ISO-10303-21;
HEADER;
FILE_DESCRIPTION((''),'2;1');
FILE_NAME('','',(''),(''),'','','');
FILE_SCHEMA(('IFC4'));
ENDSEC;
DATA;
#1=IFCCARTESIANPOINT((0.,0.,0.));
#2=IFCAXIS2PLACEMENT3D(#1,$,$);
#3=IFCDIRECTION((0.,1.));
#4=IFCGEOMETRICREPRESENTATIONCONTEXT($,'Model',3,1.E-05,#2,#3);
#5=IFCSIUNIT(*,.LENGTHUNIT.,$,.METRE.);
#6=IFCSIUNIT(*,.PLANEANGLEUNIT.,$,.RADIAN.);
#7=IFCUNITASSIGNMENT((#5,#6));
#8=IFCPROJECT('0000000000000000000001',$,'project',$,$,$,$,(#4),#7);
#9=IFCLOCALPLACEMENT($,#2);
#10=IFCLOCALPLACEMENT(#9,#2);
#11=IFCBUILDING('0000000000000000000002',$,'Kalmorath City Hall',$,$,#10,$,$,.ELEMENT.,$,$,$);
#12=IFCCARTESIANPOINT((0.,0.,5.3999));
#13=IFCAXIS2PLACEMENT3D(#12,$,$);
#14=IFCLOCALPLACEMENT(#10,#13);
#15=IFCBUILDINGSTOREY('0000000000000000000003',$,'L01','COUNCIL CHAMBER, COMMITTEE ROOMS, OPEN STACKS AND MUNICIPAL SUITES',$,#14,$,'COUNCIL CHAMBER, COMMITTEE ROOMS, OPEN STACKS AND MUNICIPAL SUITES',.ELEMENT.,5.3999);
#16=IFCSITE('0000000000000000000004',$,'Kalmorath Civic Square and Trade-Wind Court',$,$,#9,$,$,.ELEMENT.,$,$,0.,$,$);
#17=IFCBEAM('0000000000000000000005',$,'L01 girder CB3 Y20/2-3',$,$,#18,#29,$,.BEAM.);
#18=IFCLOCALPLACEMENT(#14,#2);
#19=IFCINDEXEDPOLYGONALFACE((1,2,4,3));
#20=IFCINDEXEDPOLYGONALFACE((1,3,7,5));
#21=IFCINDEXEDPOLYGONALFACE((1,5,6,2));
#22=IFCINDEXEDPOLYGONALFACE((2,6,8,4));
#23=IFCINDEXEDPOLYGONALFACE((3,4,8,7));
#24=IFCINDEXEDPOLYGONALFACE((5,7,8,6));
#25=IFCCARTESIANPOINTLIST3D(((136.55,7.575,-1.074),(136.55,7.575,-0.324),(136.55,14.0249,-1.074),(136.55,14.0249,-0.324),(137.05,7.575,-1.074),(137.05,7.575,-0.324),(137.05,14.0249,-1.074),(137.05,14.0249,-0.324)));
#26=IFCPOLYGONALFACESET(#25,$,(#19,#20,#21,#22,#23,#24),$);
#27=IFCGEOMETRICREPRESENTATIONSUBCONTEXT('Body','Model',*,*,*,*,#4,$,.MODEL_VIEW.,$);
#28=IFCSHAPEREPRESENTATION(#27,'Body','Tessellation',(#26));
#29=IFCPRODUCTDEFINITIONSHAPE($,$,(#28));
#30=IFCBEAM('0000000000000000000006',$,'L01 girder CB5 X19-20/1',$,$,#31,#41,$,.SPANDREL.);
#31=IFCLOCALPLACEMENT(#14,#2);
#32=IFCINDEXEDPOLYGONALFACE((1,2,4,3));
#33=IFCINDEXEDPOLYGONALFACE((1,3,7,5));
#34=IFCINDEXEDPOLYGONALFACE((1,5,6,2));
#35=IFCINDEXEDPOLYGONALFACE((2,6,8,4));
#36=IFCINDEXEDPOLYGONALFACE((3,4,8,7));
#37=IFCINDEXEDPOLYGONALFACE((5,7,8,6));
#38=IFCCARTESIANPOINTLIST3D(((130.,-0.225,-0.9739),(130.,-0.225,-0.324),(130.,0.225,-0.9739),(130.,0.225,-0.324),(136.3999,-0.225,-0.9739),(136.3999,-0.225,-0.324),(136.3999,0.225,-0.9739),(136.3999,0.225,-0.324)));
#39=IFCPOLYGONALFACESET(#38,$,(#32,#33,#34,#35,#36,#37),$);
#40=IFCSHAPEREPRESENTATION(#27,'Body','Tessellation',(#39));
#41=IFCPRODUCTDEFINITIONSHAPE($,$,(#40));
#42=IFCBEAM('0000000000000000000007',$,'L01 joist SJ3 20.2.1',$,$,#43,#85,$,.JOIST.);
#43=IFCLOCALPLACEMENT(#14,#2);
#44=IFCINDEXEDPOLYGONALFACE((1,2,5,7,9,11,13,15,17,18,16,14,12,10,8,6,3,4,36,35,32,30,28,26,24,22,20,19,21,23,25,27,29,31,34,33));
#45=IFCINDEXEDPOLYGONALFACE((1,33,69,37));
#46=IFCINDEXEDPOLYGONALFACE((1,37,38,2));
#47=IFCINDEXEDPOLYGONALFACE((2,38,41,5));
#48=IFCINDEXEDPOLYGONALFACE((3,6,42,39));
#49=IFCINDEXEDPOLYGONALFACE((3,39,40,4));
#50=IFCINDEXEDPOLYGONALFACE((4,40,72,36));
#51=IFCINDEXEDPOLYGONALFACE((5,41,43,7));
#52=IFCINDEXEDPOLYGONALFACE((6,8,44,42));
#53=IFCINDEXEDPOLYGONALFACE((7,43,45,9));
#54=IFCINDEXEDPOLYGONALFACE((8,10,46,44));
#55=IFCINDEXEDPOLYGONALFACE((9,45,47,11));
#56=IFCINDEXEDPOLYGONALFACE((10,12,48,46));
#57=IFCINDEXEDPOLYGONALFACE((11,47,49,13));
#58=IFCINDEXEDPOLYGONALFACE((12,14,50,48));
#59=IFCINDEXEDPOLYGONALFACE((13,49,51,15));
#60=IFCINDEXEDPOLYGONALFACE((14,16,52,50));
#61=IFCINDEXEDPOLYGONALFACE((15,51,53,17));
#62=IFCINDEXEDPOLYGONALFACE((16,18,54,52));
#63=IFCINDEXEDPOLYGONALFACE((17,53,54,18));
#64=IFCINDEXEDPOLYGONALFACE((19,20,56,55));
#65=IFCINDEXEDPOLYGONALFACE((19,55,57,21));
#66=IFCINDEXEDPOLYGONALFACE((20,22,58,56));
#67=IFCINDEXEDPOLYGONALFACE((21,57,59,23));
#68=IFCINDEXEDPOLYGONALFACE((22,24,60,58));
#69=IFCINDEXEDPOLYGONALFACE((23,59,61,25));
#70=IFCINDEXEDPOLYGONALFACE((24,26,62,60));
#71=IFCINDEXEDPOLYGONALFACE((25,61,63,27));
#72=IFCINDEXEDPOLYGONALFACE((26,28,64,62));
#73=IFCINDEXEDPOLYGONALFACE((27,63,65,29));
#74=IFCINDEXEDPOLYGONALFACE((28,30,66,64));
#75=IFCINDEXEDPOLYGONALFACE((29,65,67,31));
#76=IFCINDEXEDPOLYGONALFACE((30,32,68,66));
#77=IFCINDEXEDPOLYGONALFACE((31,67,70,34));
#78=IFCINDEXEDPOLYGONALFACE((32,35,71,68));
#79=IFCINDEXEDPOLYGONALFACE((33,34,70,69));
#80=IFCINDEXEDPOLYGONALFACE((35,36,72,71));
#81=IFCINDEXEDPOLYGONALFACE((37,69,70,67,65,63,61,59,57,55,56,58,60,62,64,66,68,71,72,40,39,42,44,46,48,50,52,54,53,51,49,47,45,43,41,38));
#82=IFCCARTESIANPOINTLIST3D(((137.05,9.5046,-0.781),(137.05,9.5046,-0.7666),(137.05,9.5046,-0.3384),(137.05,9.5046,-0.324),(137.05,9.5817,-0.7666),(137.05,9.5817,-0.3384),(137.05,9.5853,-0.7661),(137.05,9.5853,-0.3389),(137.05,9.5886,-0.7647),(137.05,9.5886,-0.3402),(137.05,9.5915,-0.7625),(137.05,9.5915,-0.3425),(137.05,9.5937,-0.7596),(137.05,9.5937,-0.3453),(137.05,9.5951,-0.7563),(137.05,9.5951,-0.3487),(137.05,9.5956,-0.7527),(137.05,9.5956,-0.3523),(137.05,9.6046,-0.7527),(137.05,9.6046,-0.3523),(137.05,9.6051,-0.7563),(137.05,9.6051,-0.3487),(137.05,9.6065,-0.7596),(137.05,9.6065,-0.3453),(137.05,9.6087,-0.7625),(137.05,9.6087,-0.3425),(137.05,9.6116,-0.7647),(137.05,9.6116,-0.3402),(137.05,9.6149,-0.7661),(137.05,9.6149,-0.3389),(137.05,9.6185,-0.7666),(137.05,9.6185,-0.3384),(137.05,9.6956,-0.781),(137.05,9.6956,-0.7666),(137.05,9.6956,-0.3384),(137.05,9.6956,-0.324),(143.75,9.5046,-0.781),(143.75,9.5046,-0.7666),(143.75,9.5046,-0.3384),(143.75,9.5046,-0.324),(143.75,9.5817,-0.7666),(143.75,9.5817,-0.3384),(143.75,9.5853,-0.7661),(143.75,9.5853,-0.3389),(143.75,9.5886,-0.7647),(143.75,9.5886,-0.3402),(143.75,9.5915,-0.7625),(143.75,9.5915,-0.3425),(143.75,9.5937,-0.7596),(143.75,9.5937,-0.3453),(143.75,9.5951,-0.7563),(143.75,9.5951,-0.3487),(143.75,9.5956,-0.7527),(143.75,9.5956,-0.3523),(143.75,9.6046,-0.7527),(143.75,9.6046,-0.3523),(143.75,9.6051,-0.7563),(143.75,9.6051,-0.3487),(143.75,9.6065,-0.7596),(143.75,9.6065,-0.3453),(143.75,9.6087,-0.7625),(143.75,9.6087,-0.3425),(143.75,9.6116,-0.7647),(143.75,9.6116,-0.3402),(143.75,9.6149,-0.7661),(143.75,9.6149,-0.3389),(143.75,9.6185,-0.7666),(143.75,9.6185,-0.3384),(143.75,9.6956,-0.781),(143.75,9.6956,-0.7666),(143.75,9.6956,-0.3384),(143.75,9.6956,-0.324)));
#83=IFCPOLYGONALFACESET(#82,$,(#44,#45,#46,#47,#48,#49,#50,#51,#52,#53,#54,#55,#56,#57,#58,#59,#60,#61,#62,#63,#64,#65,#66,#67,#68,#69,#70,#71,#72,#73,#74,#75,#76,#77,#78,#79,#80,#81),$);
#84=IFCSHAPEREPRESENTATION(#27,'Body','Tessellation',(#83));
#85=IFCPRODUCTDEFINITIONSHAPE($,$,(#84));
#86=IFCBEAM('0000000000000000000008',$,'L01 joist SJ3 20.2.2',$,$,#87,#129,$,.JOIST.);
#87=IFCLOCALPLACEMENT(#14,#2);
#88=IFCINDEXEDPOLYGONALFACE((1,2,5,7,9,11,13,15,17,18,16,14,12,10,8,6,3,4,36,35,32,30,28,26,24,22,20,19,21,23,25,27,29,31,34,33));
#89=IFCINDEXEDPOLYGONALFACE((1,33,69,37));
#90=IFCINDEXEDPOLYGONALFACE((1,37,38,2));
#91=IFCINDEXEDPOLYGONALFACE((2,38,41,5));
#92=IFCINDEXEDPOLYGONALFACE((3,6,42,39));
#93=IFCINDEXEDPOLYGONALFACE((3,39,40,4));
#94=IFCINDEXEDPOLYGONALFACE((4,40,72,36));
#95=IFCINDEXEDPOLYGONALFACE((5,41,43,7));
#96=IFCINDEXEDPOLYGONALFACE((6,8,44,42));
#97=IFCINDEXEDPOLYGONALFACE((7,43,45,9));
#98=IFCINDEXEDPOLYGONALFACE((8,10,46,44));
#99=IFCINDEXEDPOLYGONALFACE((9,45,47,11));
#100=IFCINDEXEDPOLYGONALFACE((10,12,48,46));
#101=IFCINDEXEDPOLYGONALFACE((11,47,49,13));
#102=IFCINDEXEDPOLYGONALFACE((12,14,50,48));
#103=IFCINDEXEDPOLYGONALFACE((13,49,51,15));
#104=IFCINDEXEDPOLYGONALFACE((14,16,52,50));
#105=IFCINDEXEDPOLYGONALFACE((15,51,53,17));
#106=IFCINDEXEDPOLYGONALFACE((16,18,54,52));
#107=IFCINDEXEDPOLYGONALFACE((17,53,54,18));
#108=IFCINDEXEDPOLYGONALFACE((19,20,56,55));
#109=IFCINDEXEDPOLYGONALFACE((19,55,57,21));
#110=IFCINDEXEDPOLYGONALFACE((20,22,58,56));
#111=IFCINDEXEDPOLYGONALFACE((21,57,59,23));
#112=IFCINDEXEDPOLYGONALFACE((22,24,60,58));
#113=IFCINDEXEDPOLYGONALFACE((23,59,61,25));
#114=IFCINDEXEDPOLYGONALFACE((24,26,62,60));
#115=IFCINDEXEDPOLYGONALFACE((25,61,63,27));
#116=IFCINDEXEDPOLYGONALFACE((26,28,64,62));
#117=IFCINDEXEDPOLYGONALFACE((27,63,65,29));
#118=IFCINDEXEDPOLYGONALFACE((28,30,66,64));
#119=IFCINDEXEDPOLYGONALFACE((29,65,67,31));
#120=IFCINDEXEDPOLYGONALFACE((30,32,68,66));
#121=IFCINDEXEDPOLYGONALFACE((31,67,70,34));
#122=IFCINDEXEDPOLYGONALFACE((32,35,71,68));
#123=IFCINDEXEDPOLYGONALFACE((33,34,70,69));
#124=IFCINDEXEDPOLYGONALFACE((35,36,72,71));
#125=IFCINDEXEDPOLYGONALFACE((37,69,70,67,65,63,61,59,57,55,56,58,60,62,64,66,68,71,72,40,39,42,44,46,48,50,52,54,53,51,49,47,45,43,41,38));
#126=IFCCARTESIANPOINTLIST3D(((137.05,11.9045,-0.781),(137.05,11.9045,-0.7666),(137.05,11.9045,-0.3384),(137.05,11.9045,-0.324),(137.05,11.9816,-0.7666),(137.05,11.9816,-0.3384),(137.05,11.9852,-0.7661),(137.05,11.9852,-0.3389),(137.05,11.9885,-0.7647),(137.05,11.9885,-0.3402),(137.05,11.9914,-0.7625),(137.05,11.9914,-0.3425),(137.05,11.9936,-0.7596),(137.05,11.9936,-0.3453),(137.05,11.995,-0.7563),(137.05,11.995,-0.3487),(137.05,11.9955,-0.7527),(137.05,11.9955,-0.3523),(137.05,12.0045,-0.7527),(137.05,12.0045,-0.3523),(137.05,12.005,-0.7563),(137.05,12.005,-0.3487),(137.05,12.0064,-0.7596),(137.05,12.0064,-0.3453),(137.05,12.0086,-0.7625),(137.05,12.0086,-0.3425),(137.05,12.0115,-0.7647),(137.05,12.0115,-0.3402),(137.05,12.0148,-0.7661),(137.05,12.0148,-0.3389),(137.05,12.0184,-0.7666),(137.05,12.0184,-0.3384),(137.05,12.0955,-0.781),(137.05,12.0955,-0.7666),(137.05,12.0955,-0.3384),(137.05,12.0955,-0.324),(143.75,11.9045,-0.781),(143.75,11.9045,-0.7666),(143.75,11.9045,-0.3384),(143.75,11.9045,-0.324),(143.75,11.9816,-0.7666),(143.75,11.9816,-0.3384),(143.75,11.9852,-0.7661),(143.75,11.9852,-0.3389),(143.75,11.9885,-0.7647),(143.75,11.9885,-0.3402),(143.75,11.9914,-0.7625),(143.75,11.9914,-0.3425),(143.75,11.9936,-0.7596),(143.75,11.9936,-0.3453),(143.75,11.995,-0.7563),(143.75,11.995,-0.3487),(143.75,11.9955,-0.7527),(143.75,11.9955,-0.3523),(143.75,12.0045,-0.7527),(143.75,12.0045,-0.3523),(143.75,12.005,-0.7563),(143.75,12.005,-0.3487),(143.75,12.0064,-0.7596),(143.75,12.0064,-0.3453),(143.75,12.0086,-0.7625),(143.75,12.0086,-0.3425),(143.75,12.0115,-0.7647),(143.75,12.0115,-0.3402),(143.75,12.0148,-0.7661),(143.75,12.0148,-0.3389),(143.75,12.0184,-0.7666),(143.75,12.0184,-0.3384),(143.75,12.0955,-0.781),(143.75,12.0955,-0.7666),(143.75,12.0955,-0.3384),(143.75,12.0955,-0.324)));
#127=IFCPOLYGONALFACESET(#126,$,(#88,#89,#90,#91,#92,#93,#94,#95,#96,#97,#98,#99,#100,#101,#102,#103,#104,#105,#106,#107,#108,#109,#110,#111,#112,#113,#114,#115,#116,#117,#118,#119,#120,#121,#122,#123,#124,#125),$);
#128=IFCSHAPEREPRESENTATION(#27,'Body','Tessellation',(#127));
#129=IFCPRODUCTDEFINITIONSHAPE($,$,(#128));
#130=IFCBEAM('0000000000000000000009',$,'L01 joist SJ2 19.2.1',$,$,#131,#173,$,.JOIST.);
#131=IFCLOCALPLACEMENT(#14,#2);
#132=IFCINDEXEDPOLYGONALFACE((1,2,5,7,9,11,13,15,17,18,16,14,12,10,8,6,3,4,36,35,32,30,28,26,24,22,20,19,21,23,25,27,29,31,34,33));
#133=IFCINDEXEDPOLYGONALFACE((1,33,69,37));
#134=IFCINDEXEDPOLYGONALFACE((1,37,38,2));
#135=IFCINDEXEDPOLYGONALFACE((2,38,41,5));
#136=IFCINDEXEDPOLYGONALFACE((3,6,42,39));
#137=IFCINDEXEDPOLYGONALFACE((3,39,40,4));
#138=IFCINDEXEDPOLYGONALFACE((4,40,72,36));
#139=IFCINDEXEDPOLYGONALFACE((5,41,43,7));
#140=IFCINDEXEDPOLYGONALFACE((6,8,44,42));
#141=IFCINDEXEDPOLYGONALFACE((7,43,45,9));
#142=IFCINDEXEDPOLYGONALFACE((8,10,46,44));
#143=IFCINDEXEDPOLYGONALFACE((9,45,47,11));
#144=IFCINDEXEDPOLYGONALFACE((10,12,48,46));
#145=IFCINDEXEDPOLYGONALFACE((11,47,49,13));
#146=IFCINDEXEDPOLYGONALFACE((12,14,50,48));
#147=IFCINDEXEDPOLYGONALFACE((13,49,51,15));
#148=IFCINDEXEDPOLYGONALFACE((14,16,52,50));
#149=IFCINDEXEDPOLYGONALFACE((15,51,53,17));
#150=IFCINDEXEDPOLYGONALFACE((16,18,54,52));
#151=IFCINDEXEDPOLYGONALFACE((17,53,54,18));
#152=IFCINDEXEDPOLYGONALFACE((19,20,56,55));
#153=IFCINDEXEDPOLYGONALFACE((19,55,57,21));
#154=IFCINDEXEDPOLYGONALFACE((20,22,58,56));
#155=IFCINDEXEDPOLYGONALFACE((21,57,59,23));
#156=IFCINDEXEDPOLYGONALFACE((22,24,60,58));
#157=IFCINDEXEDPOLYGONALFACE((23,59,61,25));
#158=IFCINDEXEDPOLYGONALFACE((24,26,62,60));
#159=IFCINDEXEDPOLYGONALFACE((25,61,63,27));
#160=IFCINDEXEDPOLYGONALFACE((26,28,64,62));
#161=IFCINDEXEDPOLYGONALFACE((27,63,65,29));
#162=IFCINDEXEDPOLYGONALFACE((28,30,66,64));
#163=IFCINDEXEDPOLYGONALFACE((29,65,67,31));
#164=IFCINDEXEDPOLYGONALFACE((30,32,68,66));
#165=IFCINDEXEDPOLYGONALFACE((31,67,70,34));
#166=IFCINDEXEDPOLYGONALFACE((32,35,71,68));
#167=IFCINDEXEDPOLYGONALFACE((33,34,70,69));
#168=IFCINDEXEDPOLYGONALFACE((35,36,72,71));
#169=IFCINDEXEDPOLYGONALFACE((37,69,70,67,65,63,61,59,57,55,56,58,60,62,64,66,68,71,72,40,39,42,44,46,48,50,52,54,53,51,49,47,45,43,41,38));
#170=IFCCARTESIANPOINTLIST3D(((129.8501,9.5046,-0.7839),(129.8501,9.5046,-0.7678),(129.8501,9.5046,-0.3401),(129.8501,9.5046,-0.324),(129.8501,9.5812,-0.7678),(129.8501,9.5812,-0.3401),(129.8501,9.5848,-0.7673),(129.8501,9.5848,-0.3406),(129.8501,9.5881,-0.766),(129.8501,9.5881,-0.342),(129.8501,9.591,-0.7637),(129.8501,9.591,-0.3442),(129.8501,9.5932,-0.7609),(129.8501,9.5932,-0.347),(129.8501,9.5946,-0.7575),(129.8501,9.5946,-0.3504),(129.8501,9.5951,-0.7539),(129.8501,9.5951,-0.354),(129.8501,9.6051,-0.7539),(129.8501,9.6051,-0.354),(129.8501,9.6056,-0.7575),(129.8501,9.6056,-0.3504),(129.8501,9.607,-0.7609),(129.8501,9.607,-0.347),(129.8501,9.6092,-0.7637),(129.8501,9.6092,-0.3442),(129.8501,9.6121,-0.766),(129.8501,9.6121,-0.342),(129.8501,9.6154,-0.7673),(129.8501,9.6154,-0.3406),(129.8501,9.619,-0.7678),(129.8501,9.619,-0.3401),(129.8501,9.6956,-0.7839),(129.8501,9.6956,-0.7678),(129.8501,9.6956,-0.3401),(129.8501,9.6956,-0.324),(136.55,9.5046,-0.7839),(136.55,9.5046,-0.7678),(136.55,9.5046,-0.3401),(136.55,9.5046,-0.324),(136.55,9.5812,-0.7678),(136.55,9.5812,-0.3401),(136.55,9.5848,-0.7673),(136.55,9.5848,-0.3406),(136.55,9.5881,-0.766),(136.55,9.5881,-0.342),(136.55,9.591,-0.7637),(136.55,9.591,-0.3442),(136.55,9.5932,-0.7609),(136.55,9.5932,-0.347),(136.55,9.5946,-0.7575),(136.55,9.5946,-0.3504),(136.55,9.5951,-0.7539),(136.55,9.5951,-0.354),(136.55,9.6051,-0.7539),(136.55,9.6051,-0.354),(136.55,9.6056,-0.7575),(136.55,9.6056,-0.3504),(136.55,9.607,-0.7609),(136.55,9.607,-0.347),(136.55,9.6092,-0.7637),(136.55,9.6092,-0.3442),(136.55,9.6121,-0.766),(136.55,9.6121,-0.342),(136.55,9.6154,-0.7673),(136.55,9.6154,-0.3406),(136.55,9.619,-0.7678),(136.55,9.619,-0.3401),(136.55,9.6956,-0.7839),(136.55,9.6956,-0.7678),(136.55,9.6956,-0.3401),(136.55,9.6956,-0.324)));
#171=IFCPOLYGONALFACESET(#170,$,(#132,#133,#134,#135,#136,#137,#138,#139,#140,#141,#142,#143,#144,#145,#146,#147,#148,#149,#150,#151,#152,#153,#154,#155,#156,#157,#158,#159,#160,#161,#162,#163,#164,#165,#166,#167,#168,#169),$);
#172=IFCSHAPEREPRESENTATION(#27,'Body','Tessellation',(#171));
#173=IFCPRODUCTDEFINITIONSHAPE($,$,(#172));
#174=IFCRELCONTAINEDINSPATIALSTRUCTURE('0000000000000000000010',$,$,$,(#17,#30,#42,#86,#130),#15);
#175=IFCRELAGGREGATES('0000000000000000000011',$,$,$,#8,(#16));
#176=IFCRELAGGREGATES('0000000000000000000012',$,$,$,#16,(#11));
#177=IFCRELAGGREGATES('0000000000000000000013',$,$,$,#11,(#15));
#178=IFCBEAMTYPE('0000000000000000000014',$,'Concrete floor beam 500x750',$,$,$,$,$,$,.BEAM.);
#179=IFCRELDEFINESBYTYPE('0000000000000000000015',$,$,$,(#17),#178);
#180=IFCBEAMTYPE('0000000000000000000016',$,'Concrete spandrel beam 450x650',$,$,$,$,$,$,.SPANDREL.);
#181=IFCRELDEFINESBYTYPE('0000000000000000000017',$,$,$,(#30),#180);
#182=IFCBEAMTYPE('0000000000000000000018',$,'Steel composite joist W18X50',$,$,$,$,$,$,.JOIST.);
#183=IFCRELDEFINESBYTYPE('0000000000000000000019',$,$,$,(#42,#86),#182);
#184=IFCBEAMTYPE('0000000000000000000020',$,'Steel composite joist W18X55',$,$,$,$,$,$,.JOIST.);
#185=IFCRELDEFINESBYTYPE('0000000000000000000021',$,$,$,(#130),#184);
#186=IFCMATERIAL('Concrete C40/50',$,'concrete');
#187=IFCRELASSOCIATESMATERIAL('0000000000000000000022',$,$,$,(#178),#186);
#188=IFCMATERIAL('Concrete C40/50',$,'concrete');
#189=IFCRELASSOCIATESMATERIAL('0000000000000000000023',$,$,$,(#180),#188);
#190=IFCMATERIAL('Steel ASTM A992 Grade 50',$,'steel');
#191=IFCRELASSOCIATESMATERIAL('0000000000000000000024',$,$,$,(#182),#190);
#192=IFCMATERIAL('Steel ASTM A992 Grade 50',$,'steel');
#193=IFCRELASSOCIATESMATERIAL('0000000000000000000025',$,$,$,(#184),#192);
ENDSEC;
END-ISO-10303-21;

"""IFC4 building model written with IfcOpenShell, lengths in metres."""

from ifc_helpers import new_model, si_unit, direction, frame, origin, origin_2d, place, context, subcontext, project, spatial, rectangle, i_section, extrude, material, material_profile, profile_set, type_object, element, save


model = new_model("IFC4")

# Units and contexts
model_context = context("Model", 3, precision=1e-05, world=origin(), true_north=direction((0.0, 1.0)))
body_context = subcontext(model_context, "Body", "Model", "MODEL_VIEW")
ifc_project = project(units=[si_unit("LENGTHUNIT", "METRE"), si_unit("PLANEANGLEUNIT", "RADIAN")], contexts=[model_context])

# Site, building, storey
site_placement = place(None, origin())
site = spatial("IfcSite", under=ifc_project, at=site_placement, Name="Kalmorath Civic Square and Trade-Wind Court", CompositionType="ELEMENT", RefElevation=0.0)
building_placement = place(site_placement, origin())
building = spatial("IfcBuilding", under=site, at=building_placement, Name="Kalmorath City Hall", CompositionType="ELEMENT")
storey_placement = place(building_placement, frame((0.0, 0.0, 5.3999)))
storey = spatial("IfcBuildingStorey", under=building, at=storey_placement, Name="L01", Description="COUNCIL CHAMBER, COMMITTEE ROOMS, OPEN STACKS AND MUNICIPAL SUITES", LongName="COUNCIL CHAMBER, COMMITTEE ROOMS, OPEN STACKS AND MUNICIPAL SUITES", CompositionType="ELEMENT", Elevation=5.3999)

# Beams
ifc_material_1 = material(Name="Concrete C40/50", Category="concrete")
ifc_material_profile_1 = material_profile(ifc_material_1, rectangle(XDim=0.5, YDim=0.75, at=origin_2d()), Name="RC-BM-500X750")
ifc_profile_set_1 = profile_set([ifc_material_profile_1], Name="Concrete C40/50")
beam_type_1 = type_object("IfcBeamType", Name="Concrete floor beam 500x750", PredefinedType="BEAM", material=ifc_profile_set_1)
beam_1_placement = place(storey_placement, frame((136.8, 7.575, -0.699), z_axis=(0.0, 1.0, 0.0), x_axis=(-1.0, 0.0, 0.0)))
element("IfcBeam", 1, at=beam_1_placement, inside=storey, type_object=beam_type_1, Name="L01 girder CB3 Y20/2-3", PredefinedType="BEAM", context=body_context, shape_type="SweptSolid", body=[
    extrude(rectangle(XDim=0.5, YDim=0.75, at=origin_2d()), origin(), (0.0, 0.0, 1.0), 6.45),
])
ifc_material_2 = material(Name="Concrete C40/50", Category="concrete")
ifc_material_profile_2 = material_profile(ifc_material_2, rectangle(XDim=0.45, YDim=0.6499, at=origin_2d()), Name="RC-BM-450X650")
ifc_profile_set_2 = profile_set([ifc_material_profile_2], Name="Concrete C40/50")
beam_type_2 = type_object("IfcBeamType", Name="Concrete spandrel beam 450x650", PredefinedType="SPANDREL", material=ifc_profile_set_2)
beam_2_placement = place(storey_placement, frame((130.0, 0.0, -0.6489), z_axis=(1.0, 0.0, 0.0), x_axis=(0.0, 1.0, 0.0)))
element("IfcBeam", 2, at=beam_2_placement, inside=storey, type_object=beam_type_2, Name="L01 girder CB5 X19-20/1", PredefinedType="SPANDREL", context=body_context, shape_type="SweptSolid", body=[
    extrude(rectangle(XDim=0.45, YDim=0.6499, at=origin_2d()), origin(), (0.0, 0.0, 1.0), 6.3999),
])
ifc_material_3 = material(Name="Steel ASTM A992 Grade 50", Category="steel")
ifc_material_profile_3 = material_profile(ifc_material_3, i_section(OverallWidth=0.1909, OverallDepth=0.457, WebThickness=0.009, FlangeThickness=0.0144, FilletRadius=0.0139, at=origin_2d()), Name="W18X50")
ifc_profile_set_3 = profile_set([ifc_material_profile_3], Name="Steel ASTM A992 Grade 50")
beam_type_3 = type_object("IfcBeamType", Name="Steel composite joist W18X50", PredefinedType="JOIST", material=ifc_profile_set_3)
for number, where, z_axis, x_axis, name in (
    (3, (137.05, 9.6001, -0.5525), (1.0, 0.0, 0.0), (0.0, 1.0, 0.0), "L01 joist SJ3 20.2.1"),
    (4, (137.05, 12.0, -0.5525), (1.0, 0.0, 0.0), (0.0, 1.0, 0.0), "L01 joist SJ3 20.2.2"),
):
    element("IfcBeam", number, at=place(storey_placement, frame(where, z_axis=z_axis, x_axis=x_axis)), inside=storey, type_object=beam_type_3, Name=name, PredefinedType="JOIST", context=body_context, shape_type="SweptSolid", body=[
        extrude(i_section(OverallWidth=0.1909, OverallDepth=0.457, WebThickness=0.009, FlangeThickness=0.0144, FilletRadius=0.0139, at=origin_2d()), origin(), (0.0, 0.0, 1.0), 6.7),
    ])
ifc_material_4 = material(Name="Steel ASTM A992 Grade 50", Category="steel")
ifc_material_profile_4 = material_profile(ifc_material_4, i_section(OverallWidth=0.1909, OverallDepth=0.46, WebThickness=0.01, FlangeThickness=0.0161, FilletRadius=0.0139, at=origin_2d()), Name="W18X55")
ifc_profile_set_4 = profile_set([ifc_material_profile_4], Name="Steel ASTM A992 Grade 50")
beam_type_4 = type_object("IfcBeamType", Name="Steel composite joist W18X55", PredefinedType="JOIST", material=ifc_profile_set_4)
for number, where, z_axis, x_axis, name in (
    (5, (129.8501, 9.6001, -0.554), (1.0, 0.0, 0.0), (0.0, 1.0, 0.0), "L01 joist SJ2 19.2.1"),
):
    element("IfcBeam", number, at=place(storey_placement, frame(where, z_axis=z_axis, x_axis=x_axis)), inside=storey, type_object=beam_type_4, Name=name, PredefinedType="JOIST", context=body_context, shape_type="SweptSolid", body=[
        extrude(i_section(OverallWidth=0.1909, OverallDepth=0.46, WebThickness=0.01, FlangeThickness=0.0161, FilletRadius=0.0139, at=origin_2d()), origin(), (0.0, 0.0, 1.0), 6.7),
    ])

save(model, "model.ifc")
